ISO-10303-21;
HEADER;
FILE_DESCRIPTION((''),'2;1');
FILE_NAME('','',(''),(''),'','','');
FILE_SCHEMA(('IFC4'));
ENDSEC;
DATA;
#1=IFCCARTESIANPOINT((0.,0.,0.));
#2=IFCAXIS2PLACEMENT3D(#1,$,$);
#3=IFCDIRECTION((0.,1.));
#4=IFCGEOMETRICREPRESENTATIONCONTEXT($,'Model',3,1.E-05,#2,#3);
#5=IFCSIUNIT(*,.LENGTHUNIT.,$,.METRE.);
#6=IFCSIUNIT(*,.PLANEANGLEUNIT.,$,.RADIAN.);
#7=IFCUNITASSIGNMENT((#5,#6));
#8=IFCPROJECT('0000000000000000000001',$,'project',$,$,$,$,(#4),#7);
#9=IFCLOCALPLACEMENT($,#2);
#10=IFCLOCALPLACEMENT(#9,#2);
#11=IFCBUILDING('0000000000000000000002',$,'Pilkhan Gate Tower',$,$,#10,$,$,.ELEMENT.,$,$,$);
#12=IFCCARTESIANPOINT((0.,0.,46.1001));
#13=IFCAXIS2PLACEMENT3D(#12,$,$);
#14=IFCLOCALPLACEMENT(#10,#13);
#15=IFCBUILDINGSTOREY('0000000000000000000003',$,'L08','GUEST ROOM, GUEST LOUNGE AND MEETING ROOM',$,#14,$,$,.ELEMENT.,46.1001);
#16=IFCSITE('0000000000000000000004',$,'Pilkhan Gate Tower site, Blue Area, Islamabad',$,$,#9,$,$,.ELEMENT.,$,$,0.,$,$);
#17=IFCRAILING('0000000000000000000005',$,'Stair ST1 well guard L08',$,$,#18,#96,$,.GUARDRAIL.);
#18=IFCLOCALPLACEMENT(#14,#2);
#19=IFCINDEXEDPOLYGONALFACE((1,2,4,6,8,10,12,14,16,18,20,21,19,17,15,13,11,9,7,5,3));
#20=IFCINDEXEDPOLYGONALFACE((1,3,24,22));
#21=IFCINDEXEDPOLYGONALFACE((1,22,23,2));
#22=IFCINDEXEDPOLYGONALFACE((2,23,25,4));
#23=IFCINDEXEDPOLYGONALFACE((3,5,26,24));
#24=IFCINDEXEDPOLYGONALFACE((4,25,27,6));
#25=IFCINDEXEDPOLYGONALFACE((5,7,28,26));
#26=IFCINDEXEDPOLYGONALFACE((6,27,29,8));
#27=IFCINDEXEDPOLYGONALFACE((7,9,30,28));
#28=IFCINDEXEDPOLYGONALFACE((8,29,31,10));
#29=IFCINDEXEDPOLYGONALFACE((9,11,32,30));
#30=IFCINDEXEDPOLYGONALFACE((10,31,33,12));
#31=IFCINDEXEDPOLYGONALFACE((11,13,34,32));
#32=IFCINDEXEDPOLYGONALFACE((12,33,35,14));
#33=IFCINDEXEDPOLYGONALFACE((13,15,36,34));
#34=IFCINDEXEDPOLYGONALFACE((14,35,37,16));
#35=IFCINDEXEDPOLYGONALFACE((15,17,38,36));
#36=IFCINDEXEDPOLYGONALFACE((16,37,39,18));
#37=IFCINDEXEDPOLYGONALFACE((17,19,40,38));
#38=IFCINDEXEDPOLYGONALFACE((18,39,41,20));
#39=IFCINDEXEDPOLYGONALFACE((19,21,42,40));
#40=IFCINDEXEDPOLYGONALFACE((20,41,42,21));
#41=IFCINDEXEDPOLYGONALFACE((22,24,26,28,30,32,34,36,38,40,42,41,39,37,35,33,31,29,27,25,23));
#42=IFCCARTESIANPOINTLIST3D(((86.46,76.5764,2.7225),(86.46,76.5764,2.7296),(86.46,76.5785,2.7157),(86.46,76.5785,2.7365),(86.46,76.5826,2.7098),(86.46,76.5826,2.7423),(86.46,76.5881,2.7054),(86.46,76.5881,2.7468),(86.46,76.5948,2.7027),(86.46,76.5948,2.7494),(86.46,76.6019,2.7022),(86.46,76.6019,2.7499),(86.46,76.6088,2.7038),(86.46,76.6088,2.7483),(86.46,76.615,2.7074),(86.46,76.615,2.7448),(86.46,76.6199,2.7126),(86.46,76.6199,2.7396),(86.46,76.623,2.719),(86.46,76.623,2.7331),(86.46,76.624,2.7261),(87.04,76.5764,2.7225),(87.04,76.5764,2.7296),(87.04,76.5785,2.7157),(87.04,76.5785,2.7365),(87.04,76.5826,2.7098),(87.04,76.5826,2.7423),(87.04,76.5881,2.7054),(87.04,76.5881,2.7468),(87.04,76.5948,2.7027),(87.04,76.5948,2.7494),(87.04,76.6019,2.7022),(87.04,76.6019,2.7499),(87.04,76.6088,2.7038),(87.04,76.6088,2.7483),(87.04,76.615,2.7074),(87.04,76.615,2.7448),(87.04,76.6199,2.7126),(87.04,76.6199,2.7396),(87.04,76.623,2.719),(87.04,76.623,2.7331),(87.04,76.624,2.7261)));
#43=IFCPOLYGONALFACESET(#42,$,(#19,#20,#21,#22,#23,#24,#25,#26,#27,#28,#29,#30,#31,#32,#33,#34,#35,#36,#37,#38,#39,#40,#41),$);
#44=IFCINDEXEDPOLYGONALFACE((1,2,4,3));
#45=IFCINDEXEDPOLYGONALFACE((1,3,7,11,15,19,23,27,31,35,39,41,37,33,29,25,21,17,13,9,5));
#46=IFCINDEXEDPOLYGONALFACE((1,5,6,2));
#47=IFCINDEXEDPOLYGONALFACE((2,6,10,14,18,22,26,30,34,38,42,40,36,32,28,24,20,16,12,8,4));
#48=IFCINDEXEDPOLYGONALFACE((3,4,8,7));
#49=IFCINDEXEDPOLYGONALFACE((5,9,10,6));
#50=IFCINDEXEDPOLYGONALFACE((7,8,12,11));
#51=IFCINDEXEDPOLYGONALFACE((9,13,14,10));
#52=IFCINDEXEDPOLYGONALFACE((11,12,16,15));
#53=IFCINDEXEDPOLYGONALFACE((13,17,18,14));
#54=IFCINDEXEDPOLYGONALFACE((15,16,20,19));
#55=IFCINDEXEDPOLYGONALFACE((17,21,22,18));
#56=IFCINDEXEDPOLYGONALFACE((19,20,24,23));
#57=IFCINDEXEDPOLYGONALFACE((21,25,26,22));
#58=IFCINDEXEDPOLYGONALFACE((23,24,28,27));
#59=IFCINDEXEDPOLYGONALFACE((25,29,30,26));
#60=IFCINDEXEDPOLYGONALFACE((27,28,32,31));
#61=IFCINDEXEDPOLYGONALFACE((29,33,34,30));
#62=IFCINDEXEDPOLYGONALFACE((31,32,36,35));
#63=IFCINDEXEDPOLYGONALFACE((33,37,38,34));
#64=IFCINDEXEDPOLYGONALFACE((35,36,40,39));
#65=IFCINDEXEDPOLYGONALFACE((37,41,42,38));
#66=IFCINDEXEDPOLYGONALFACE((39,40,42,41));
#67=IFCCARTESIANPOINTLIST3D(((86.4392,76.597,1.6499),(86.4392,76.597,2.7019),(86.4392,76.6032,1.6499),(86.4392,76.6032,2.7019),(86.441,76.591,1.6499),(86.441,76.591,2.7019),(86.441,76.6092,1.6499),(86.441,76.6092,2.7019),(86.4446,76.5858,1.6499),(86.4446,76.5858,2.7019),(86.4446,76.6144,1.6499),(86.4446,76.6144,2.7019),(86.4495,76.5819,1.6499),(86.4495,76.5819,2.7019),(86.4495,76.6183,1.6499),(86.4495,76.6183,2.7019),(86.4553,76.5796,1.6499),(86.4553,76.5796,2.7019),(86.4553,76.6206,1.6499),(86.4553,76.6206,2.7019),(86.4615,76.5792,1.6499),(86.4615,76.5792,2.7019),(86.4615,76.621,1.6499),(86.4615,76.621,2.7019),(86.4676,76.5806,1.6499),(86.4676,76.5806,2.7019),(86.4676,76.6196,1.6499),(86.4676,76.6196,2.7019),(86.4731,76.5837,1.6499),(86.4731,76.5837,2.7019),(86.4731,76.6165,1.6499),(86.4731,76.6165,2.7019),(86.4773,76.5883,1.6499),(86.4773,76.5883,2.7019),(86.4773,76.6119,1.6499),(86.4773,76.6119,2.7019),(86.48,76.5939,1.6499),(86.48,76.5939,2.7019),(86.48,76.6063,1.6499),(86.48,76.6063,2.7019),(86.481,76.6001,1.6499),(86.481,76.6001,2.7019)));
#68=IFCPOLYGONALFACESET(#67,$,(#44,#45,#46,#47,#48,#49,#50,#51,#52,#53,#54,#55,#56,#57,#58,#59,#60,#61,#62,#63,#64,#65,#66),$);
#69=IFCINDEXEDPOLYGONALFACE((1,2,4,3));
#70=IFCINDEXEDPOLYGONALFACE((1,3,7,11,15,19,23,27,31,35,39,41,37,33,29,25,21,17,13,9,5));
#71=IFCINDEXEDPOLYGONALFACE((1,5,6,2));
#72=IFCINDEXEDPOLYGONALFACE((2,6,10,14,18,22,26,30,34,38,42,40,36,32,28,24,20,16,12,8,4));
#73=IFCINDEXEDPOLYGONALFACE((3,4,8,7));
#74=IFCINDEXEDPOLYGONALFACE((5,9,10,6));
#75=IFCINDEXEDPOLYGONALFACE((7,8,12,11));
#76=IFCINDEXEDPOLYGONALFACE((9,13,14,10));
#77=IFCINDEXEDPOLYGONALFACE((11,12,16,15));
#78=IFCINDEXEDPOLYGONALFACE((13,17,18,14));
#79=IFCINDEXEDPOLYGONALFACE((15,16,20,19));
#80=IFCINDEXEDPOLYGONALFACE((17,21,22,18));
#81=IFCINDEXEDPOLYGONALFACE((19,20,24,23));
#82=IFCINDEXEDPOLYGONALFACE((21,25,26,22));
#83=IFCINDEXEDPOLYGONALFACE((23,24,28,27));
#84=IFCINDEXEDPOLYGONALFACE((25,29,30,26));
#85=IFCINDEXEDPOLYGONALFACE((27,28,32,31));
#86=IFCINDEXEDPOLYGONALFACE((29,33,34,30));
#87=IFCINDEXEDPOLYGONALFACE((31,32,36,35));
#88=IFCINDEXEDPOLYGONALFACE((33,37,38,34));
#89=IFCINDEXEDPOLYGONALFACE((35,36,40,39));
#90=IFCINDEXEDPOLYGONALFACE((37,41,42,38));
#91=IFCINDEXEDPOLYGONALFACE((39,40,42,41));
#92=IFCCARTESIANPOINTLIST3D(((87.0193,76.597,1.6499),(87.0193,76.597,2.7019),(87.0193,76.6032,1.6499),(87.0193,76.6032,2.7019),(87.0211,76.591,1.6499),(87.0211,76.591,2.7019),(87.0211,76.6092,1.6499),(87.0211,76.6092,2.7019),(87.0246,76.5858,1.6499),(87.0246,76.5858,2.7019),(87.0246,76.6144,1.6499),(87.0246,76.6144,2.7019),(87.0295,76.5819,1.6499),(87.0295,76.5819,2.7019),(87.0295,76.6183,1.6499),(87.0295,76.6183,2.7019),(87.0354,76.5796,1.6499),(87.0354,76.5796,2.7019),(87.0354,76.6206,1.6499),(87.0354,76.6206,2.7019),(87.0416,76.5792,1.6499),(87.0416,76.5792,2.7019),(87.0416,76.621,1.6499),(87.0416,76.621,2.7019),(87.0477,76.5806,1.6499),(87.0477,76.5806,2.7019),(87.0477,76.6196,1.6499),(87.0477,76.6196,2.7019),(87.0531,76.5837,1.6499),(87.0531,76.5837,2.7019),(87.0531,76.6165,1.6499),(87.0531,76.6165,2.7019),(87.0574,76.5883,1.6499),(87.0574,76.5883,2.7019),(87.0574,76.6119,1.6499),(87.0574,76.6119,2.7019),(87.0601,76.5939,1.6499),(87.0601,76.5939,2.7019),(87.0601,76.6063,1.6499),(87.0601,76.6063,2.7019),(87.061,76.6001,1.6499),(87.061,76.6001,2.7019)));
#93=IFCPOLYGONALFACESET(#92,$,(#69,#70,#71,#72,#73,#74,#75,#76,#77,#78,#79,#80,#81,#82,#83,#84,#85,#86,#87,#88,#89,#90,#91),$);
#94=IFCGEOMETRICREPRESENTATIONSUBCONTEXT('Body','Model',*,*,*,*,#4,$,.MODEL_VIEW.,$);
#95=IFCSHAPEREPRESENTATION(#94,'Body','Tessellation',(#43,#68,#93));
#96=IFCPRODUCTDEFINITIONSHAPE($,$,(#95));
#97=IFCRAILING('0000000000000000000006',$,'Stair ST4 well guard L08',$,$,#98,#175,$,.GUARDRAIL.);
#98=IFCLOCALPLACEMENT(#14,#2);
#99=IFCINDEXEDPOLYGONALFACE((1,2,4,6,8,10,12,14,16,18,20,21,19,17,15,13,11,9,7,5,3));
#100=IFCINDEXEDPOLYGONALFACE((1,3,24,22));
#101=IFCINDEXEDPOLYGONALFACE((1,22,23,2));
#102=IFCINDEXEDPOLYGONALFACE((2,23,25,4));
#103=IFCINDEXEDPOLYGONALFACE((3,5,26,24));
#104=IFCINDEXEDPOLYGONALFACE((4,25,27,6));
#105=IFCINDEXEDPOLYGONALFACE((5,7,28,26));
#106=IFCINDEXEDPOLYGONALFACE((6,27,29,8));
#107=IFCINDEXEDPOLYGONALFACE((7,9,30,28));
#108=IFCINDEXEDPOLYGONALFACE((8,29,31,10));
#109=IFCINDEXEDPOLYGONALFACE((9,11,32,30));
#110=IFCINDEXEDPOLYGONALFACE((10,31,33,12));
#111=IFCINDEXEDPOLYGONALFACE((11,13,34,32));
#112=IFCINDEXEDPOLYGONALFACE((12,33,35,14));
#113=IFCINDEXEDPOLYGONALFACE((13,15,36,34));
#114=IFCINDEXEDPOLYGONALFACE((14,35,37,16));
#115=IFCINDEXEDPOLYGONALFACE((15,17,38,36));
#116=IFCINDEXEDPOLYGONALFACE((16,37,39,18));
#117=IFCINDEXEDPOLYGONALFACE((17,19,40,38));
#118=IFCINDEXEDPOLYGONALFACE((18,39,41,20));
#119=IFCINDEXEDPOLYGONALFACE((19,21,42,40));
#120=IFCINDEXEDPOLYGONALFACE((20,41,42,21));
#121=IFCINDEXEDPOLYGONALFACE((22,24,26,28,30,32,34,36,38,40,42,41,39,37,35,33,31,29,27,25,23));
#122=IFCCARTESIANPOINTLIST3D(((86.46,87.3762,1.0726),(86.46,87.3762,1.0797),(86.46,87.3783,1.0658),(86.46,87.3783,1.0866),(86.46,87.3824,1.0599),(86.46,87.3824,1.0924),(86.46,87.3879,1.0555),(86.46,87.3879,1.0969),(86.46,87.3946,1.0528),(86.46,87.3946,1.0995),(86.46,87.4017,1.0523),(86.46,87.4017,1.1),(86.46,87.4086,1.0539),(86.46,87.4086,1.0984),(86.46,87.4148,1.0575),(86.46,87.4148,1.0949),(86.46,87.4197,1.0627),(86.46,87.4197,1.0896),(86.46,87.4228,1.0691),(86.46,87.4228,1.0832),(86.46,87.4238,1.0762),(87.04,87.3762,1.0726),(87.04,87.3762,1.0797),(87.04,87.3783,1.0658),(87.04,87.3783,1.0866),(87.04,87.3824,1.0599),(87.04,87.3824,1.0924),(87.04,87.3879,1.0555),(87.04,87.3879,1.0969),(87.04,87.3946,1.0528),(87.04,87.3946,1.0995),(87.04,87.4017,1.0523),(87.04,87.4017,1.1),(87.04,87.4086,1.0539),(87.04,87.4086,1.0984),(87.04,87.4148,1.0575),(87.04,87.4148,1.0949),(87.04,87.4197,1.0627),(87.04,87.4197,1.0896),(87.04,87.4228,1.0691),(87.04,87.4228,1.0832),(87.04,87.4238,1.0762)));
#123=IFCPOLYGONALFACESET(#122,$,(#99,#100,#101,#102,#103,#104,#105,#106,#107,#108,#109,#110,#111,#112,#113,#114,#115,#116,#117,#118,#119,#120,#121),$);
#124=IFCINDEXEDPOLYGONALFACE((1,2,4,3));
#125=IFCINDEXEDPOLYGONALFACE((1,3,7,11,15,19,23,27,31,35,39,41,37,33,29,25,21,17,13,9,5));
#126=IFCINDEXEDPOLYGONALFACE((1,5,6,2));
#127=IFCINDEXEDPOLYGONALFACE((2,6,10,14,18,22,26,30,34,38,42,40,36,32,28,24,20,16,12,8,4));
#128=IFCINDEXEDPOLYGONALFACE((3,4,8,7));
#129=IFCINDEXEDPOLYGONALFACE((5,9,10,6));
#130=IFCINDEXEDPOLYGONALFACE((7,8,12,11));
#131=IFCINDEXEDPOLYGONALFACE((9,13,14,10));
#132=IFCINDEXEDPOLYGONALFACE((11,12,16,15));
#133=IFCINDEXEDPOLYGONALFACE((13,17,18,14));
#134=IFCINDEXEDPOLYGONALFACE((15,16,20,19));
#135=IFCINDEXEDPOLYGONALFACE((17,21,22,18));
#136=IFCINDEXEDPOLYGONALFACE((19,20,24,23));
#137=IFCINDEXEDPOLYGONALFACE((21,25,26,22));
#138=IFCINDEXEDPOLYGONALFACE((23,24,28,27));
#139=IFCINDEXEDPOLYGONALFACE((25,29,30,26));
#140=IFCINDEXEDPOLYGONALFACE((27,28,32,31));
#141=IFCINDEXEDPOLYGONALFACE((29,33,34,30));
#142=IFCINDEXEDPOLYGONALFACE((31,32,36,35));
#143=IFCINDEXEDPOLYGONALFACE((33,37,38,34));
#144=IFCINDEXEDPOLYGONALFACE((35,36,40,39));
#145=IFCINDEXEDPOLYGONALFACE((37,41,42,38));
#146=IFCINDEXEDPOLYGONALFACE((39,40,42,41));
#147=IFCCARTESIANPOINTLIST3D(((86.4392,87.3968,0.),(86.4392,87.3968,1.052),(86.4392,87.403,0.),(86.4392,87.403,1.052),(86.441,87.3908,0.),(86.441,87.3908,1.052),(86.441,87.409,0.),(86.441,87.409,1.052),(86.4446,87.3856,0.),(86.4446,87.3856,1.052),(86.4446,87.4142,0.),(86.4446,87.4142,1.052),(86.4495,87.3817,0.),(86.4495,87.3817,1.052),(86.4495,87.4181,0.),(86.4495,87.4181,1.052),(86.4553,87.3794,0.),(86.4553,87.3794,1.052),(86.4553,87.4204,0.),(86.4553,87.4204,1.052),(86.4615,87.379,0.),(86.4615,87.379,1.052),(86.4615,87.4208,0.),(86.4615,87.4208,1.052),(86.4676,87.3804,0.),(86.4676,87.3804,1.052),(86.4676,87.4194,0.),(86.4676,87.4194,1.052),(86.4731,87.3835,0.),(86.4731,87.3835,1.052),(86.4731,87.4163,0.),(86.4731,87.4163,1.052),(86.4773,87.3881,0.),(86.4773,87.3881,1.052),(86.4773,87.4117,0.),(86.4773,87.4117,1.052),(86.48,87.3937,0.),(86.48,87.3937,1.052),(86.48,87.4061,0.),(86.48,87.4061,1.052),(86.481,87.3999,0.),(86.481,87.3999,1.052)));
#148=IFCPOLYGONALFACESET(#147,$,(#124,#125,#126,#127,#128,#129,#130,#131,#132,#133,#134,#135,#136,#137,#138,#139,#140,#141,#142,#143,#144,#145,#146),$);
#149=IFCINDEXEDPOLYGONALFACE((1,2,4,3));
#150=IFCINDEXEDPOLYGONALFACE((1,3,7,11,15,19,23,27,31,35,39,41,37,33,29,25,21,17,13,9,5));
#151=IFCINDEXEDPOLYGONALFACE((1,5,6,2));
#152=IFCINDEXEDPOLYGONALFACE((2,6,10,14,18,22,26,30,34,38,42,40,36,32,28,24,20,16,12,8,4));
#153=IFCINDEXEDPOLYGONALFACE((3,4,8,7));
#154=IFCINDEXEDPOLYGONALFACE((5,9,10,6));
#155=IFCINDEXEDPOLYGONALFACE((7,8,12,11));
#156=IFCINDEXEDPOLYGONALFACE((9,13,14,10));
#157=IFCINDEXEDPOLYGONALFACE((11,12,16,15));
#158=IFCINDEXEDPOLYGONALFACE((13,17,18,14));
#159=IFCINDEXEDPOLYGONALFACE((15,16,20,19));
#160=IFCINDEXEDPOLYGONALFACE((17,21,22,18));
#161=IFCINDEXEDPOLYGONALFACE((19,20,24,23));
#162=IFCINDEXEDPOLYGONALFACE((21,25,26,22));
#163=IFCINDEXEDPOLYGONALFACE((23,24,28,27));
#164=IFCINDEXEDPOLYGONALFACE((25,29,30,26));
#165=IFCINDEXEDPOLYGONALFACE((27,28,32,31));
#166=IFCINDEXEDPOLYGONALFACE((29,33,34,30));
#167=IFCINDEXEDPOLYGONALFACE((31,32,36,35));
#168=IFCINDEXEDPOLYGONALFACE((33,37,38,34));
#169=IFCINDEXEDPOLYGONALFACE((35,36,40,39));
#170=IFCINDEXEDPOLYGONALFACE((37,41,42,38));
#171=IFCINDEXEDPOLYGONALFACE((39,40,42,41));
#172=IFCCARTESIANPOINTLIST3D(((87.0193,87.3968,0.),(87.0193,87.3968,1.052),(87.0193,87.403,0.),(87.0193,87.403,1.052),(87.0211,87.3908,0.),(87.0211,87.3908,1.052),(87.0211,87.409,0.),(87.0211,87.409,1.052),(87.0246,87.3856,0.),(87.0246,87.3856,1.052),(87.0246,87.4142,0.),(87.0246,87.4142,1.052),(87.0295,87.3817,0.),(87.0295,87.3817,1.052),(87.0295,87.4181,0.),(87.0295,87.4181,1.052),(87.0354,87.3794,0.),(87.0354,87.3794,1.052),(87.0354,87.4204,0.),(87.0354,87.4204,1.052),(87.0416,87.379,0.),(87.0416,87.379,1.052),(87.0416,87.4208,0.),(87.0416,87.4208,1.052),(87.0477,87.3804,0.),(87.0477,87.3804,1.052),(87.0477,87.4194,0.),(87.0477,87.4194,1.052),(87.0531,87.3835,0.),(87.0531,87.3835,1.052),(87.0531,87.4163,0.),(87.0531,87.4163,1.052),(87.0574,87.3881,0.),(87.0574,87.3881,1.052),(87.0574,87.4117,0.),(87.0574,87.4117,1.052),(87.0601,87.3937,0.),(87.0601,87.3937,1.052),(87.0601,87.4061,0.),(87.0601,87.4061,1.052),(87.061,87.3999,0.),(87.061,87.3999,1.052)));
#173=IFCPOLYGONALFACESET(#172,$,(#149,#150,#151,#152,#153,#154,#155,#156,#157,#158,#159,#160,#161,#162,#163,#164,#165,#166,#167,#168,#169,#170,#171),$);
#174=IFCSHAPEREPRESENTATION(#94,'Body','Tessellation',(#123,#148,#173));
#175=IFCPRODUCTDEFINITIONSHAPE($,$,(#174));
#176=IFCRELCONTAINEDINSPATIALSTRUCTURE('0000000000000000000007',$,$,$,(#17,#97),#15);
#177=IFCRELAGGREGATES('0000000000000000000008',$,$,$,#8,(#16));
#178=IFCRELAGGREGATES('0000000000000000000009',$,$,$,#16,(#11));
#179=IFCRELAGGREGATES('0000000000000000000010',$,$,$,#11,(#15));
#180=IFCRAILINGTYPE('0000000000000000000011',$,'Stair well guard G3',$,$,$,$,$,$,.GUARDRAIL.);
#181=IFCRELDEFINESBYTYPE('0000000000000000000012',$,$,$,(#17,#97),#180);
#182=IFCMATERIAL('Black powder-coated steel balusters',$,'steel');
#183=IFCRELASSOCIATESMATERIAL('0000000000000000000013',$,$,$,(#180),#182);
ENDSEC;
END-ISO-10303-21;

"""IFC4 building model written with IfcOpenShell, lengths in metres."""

from ifc_helpers import new_model, si_unit, direction, frame, origin, origin_2d, place, context, subcontext, project, spatial, circle, extrude, material, type_object, element, save


model = new_model("IFC4")

# Units and contexts
model_context = context("Model", 3, precision=1e-05, world=origin(), true_north=direction((0.0, 1.0)))
body_context = subcontext(model_context, "Body", "Model", "MODEL_VIEW")
ifc_project = project(units=[si_unit("LENGTHUNIT", "METRE"), si_unit("PLANEANGLEUNIT", "RADIAN")], contexts=[model_context])

# Site, building, storey
site_placement = place(None, origin())
site = spatial("IfcSite", under=ifc_project, at=site_placement, Name="Pilkhan Gate Tower site, Blue Area, Islamabad", CompositionType="ELEMENT", RefElevation=0.0)
building_placement = place(site_placement, origin())
building = spatial("IfcBuilding", under=site, at=building_placement, Name="Pilkhan Gate Tower", CompositionType="ELEMENT")
storey_placement = place(building_placement, frame((0.0, 0.0, 46.1001)))
storey = spatial("IfcBuildingStorey", under=building, at=storey_placement, Name="L08", Description="GUEST ROOM, GUEST LOUNGE AND MEETING ROOM", CompositionType="ELEMENT", Elevation=46.1001)

# Railings
ifc_material_1 = material(Name="Black powder-coated steel balusters", Category="steel")
railing_type_1 = type_object("IfcRailingType", Name="Stair well guard G3", PredefinedType="GUARDRAIL", material=ifc_material_1)
for number, where, name in (
    (1, (86.46, 76.6001, 1.6499), "Stair ST1 well guard L08"),
    (2, (86.46, 87.3999, 0.0), "Stair ST4 well guard L08"),
):
    element("IfcRailing", number, at=place(storey_placement, frame(where)), inside=storey, type_object=railing_type_1, Name=name, PredefinedType="GUARDRAIL", context=body_context, shape_type="SweptSolid", body=[
        extrude(circle(Radius=0.0239, at=origin_2d()), frame((0.0, 0.0, 1.0762), z_axis=(1.0, 0.0, 0.0), x_axis=(0.0, 1.0, 0.0)), (0.0, 0.0, 1.0), 0.5801),
        extrude(circle(Radius=0.021, at=origin_2d()), origin(), (0.0, 0.0, 1.0), 1.052),
        extrude(circle(Radius=0.021, at=origin_2d()), frame((0.5801, 0.0, 0.0)), (0.0, 0.0, 1.0), 1.052),
    ])

save(model, "model.ifc")
